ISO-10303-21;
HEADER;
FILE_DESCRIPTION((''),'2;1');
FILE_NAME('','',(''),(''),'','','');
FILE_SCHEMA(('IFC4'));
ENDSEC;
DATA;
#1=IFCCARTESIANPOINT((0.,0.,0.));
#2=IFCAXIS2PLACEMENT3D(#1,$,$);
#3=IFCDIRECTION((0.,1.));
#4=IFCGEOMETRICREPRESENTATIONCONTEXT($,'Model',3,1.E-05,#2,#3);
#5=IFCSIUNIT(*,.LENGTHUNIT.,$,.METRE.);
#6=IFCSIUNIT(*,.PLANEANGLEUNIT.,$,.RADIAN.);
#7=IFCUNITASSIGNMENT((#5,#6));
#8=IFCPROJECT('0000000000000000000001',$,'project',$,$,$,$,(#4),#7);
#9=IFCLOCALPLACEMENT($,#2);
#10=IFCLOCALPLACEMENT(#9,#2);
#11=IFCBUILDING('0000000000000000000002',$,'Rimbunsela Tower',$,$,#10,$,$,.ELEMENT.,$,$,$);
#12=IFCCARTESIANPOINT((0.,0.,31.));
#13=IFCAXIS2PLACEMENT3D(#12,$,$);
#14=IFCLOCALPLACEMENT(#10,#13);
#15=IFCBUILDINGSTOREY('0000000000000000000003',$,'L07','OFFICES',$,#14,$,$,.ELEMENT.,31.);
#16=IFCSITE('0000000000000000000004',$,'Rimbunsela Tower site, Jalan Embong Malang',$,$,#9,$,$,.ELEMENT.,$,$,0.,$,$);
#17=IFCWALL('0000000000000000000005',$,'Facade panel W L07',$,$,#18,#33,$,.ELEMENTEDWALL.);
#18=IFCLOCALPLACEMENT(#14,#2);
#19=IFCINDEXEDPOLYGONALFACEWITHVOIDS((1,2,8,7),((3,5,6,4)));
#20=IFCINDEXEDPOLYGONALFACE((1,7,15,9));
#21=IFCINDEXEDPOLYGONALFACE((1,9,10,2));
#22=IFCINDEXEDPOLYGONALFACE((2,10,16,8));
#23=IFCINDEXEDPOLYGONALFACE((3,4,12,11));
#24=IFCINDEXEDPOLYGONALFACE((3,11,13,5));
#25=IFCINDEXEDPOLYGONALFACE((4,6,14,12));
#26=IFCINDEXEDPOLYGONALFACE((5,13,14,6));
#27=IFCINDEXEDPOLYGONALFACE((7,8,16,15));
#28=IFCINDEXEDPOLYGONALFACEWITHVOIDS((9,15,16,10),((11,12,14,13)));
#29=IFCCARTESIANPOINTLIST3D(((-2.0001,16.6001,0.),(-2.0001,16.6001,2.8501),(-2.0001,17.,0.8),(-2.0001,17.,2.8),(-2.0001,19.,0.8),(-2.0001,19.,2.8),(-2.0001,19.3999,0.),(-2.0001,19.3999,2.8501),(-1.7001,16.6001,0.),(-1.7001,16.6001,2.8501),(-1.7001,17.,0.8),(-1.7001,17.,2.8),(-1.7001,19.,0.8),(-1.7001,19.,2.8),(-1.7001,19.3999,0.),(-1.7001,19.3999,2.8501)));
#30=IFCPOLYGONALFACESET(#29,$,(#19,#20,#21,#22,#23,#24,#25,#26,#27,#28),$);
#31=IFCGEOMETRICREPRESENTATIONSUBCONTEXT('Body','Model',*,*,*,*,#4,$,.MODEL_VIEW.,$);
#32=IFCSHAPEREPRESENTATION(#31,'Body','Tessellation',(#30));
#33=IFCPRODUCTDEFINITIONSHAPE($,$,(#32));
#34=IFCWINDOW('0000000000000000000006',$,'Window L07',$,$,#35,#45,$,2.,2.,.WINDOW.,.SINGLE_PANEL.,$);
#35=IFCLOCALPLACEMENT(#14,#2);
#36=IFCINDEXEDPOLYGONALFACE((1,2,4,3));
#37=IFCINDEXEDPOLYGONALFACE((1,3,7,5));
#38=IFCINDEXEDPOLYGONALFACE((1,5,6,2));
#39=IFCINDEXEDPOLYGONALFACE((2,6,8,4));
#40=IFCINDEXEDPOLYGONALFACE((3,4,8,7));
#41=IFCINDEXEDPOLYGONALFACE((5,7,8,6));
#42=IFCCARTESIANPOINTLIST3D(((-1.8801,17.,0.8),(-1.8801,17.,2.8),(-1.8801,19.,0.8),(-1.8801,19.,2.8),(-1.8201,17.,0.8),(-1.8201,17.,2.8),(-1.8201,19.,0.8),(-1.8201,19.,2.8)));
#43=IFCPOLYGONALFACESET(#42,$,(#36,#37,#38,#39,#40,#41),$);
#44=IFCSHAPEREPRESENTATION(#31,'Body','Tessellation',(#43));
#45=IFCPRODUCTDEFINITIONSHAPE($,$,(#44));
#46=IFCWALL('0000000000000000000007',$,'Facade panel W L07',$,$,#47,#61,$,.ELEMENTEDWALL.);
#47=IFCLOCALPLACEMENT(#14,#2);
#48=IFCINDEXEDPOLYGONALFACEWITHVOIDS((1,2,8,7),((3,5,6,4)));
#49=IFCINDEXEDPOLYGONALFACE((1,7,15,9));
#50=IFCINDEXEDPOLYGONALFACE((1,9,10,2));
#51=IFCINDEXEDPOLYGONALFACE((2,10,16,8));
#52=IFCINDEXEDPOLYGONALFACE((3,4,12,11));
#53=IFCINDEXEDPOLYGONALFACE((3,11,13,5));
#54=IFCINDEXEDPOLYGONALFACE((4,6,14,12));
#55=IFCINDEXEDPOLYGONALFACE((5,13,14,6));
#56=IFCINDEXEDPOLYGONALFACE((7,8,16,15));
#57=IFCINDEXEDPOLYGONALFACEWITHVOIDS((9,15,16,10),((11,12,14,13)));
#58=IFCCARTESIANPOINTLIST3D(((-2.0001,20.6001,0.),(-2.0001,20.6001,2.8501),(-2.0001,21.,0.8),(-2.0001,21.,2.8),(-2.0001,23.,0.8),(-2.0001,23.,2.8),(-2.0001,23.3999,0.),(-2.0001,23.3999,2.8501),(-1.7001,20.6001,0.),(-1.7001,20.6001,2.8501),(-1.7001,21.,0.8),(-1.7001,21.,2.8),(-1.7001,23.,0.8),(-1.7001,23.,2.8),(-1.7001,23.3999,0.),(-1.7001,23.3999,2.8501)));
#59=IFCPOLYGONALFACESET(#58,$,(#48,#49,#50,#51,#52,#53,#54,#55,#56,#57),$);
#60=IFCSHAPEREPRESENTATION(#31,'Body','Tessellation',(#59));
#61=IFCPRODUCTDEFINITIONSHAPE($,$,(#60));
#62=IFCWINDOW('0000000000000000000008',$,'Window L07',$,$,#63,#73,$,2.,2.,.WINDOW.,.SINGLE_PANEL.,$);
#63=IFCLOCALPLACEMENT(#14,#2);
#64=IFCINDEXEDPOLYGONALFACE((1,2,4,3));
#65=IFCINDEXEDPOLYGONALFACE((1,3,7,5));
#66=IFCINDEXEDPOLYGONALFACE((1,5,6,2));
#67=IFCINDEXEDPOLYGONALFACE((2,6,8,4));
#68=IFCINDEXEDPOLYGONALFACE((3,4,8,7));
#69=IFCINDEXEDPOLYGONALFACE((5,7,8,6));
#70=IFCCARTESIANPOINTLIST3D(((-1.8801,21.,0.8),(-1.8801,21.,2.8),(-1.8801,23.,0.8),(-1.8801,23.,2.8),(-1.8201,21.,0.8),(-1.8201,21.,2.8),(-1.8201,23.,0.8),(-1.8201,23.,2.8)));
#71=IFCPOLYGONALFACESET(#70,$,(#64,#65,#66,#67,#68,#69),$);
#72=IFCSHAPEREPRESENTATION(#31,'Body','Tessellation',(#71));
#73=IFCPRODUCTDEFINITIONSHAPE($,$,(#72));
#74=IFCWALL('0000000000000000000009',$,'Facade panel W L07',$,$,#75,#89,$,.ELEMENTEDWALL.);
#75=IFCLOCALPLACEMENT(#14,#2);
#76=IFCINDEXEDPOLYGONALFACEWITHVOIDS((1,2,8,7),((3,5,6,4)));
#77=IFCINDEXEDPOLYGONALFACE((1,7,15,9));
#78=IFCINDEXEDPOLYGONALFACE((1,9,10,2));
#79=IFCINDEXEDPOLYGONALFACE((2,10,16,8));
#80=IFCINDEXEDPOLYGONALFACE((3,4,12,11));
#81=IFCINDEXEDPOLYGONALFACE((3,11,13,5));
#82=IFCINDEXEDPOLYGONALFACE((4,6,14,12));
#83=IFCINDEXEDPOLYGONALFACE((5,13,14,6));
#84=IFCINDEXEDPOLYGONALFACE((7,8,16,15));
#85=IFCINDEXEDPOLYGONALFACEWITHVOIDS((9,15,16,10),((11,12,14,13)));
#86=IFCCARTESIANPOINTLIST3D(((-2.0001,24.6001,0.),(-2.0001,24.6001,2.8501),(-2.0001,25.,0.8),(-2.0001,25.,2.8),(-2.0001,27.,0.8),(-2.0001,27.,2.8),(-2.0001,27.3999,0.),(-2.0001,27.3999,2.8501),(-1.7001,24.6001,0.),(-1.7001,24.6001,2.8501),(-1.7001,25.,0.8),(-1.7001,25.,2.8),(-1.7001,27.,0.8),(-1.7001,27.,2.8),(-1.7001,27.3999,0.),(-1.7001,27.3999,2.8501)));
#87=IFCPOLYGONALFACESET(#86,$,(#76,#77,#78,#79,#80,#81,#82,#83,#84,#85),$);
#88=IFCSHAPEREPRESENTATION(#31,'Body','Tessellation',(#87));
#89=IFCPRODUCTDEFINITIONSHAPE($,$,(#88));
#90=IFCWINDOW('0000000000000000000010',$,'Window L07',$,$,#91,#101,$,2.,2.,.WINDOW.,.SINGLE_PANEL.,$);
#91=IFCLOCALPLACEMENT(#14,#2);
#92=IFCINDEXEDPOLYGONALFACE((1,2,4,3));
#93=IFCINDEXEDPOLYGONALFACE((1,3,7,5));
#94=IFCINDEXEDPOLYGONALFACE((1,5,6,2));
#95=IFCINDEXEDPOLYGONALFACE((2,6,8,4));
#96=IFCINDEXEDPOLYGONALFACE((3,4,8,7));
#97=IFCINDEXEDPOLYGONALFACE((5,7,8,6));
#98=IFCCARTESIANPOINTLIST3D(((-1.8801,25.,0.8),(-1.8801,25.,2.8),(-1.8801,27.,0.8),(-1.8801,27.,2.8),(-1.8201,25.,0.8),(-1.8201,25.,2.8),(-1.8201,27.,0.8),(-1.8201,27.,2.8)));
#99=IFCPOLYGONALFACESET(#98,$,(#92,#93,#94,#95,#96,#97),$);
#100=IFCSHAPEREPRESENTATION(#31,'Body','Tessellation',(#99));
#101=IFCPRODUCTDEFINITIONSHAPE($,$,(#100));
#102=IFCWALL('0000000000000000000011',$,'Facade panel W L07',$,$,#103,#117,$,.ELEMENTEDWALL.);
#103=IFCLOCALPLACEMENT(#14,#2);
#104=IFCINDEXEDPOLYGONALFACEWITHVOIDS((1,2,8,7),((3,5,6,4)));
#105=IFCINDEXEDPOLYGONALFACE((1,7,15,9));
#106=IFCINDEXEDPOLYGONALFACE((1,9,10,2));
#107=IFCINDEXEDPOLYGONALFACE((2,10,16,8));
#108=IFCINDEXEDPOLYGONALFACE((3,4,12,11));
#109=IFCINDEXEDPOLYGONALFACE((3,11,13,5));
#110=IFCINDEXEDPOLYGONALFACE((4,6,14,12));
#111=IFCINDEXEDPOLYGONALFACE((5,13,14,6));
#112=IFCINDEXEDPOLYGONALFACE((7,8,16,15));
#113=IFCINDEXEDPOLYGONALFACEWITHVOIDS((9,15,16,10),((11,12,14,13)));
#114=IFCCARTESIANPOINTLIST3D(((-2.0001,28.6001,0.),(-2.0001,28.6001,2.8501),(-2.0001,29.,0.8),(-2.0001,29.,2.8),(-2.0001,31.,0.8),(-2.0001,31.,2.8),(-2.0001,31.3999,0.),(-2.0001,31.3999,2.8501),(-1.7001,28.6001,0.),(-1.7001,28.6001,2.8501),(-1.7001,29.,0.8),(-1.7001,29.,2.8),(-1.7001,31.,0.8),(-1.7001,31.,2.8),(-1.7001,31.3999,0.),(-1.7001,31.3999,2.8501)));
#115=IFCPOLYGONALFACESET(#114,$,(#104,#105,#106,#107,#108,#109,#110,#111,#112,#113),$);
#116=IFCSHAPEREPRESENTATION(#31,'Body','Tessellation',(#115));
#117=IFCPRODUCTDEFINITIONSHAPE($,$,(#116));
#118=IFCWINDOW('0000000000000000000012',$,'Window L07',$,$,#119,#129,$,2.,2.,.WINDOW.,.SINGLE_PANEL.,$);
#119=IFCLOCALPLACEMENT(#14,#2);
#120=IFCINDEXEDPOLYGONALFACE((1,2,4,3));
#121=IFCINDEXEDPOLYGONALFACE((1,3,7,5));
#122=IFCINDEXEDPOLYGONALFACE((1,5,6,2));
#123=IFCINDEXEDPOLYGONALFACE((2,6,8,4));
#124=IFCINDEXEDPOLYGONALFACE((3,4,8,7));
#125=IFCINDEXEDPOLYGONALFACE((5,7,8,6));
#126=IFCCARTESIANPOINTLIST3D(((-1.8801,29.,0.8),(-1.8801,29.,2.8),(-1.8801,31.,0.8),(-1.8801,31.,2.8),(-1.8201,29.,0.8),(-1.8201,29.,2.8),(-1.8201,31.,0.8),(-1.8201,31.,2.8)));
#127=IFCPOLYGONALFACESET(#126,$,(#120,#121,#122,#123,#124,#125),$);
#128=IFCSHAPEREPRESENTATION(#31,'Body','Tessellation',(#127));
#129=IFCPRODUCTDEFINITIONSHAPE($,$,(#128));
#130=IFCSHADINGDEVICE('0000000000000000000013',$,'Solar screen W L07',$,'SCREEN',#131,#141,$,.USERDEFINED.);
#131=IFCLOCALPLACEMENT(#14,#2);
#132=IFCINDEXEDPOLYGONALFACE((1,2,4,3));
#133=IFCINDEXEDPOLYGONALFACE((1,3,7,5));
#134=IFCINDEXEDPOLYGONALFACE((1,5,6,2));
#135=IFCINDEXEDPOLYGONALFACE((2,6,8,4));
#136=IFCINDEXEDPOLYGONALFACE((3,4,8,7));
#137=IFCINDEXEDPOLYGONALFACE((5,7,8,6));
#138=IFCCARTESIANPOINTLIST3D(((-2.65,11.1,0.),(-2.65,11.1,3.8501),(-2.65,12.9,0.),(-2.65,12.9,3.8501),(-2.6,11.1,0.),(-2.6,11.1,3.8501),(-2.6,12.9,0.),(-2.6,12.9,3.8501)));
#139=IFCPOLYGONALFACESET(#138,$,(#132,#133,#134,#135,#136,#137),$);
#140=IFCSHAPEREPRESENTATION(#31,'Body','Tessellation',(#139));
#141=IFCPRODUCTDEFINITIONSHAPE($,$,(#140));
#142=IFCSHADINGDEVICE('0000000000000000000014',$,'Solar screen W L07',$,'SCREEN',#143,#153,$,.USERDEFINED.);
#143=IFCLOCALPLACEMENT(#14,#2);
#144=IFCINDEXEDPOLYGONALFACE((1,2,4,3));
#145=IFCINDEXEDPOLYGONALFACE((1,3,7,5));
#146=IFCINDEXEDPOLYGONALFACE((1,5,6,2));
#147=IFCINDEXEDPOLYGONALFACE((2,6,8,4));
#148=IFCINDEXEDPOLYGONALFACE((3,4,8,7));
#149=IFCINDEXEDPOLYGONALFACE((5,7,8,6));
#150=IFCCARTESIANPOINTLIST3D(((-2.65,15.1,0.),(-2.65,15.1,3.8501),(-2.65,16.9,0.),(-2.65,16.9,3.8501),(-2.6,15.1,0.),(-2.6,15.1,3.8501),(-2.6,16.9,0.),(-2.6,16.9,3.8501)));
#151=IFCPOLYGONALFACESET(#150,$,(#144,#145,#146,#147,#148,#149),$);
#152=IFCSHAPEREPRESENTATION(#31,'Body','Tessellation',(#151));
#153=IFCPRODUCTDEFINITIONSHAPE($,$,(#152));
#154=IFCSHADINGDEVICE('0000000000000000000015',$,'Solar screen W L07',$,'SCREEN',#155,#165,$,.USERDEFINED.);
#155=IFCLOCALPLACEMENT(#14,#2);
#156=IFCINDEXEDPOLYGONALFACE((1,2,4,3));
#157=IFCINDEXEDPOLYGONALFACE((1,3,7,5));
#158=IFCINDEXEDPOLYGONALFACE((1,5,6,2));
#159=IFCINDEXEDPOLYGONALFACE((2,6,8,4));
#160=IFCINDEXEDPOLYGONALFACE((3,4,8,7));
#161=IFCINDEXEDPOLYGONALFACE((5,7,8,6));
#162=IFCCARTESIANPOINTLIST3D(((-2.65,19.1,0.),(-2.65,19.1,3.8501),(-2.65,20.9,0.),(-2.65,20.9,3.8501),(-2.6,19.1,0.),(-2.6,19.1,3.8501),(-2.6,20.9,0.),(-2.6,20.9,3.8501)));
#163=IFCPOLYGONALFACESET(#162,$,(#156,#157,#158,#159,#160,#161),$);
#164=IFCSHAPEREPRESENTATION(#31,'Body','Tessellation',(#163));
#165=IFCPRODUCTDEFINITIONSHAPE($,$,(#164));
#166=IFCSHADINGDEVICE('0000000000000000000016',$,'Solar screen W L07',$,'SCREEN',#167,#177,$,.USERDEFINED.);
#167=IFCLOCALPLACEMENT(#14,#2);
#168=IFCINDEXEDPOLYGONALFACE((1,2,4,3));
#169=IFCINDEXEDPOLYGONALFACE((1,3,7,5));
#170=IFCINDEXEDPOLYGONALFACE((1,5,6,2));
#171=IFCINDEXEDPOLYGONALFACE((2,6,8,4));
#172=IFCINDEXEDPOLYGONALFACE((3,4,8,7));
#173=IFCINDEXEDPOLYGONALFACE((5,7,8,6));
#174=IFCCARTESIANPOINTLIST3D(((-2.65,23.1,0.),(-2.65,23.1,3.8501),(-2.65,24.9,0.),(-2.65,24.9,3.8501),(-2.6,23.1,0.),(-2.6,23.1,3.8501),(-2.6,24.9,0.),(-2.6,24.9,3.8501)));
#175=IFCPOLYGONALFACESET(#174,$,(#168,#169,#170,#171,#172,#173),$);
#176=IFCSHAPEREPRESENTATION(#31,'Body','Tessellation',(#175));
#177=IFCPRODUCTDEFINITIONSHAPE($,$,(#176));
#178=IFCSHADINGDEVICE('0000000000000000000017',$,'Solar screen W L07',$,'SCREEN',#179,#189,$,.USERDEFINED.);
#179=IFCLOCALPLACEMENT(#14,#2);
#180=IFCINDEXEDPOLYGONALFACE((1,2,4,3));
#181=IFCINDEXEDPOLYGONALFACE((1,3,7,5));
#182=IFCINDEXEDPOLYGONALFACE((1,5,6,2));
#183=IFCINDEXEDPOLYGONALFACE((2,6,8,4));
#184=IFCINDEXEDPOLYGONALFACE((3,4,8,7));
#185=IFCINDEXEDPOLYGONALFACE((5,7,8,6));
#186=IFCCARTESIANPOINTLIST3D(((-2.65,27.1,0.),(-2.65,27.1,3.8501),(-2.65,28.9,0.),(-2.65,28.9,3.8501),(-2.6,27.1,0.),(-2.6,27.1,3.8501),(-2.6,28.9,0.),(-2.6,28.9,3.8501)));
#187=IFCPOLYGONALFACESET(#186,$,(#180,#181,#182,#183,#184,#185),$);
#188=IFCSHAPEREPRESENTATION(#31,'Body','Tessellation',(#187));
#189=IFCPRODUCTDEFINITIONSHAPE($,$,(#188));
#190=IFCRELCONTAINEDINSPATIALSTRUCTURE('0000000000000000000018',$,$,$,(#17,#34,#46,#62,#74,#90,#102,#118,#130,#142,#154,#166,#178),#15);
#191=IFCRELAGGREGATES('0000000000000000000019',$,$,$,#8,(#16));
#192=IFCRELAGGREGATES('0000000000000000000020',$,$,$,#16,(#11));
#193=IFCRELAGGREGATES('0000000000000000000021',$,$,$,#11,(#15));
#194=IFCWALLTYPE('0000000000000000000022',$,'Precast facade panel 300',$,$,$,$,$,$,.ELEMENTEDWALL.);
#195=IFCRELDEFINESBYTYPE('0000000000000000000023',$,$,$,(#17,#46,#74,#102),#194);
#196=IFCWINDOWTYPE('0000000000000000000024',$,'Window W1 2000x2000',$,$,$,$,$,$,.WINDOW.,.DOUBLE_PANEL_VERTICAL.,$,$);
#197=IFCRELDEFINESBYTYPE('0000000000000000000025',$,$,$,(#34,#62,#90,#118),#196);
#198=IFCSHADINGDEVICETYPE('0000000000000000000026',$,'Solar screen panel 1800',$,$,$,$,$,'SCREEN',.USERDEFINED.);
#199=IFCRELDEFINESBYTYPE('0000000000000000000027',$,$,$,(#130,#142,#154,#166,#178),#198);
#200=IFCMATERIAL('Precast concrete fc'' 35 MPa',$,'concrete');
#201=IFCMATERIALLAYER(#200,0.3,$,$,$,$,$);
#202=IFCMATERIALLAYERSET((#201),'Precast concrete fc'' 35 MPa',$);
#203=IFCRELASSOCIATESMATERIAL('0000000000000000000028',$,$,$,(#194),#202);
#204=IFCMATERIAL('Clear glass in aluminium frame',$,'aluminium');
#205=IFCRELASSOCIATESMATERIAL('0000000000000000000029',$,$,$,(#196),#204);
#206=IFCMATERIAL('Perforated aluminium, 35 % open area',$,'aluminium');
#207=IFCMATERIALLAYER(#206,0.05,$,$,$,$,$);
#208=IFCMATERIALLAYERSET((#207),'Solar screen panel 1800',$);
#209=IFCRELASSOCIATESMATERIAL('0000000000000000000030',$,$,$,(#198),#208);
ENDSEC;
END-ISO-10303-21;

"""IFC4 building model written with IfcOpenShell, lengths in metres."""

from ifc_helpers import new_model, si_unit, direction, frame, frame_2d, origin, origin_2d, place, context, subcontext, project, spatial, rectangle, extrude, material, layer, layer_set, type_object, element, fill, save


model = new_model("IFC4")

# Units and contexts
model_context = context("Model", 3, precision=1e-05, world=origin(), true_north=direction((0.0, 1.0)))
body_context = subcontext(model_context, "Body", "Model", "MODEL_VIEW")
ifc_project = project(units=[si_unit("LENGTHUNIT", "METRE"), si_unit("PLANEANGLEUNIT", "RADIAN")], contexts=[model_context])

# Site, building, storey
site_placement = place(None, origin())
site = spatial("IfcSite", under=ifc_project, at=site_placement, Name="Rimbunsela Tower site, Jalan Embong Malang", CompositionType="ELEMENT", RefElevation=0.0)
building_placement = place(site_placement, origin())
building = spatial("IfcBuilding", under=site, at=building_placement, Name="Rimbunsela Tower", CompositionType="ELEMENT")
storey_placement = place(building_placement, frame((0.0, 0.0, 31.0)))
storey = spatial("IfcBuildingStorey", under=building, at=storey_placement, Name="L07", Description="OFFICES", CompositionType="ELEMENT", Elevation=31.0)

# Walls, openings, windows
ifc_material_1 = material(Name="Precast concrete fc' 35 MPa", Category="concrete")
ifc_layer_1 = layer(ifc_material_1, 0.3)
ifc_layer_set_1 = layer_set([ifc_layer_1], Name="Precast concrete fc' 35 MPa")
wall_type = type_object("IfcWallType", Name="Precast facade panel 300", PredefinedType="ELEMENTEDWALL", material=ifc_layer_set_1)
ifc_material_2 = material(Name="Clear glass in aluminium frame", Category="aluminium")
window_type = type_object("IfcWindowType", Name="Window W1 2000x2000", PartitioningType="DOUBLE_PANEL_VERTICAL", PredefinedType="WINDOW", material=ifc_material_2)
wall_1_placement = place(storey_placement, frame((-1.8501, 19.3999, 0.0), z_axis=(0.0, 0.0, 1.0), x_axis=(0.0, -1.0, 0.0)))
wall_1 = element("IfcWall", 1, at=wall_1_placement, inside=storey, type_object=wall_type, Name="Facade panel W L07", PredefinedType="ELEMENTEDWALL", context=body_context, shape_type="SweptSolid", body=[
    extrude(rectangle(XDim=2.7998, YDim=0.3, at=frame_2d((1.3999, 0.0))), origin(), (0.0, 0.0, 1.0), 2.8501),
])
opening_1_placement = place(wall_1_placement, frame((0.3999, 0.0, 0.8)))
opening_1 = element("IfcOpeningElement", 2, at=opening_1_placement, cuts=wall_1, PredefinedType="OPENING", context=body_context, shape_type="SweptSolid", body=[
    extrude(rectangle(XDim=2.0, YDim=2.0, at=frame_2d((1.0, 1.0))), frame((0.0, 0.1599, 0.0), z_axis=(0.0, -1.0, 0.0), x_axis=(1.0, 0.0, 0.0)), (0.0, 0.0, 1.0), 0.3201),
])
window_1_placement = place(opening_1_placement, origin())
window_1 = element("IfcWindow", 3, at=window_1_placement, inside=storey, type_object=window_type, Name="Window L07", OverallHeight=2.0, OverallWidth=2.0, PartitioningType="SINGLE_PANEL", PredefinedType="WINDOW", context=body_context, shape_type="SweptSolid", body=[
    extrude(rectangle(XDim=2.0, YDim=2.0, at=frame_2d((1.0, 1.0))), frame((0.0, 0.03, 0.0), z_axis=(0.0, -1.0, 0.0), x_axis=(1.0, 0.0, 0.0)), (0.0, 0.0, 1.0), 0.0601),
])
fill(opening_1, window_1)
wall_2_placement = place(storey_placement, frame((-1.8501, 23.3999, 0.0), z_axis=(0.0, 0.0, 1.0), x_axis=(0.0, -1.0, 0.0)))
wall_2 = element("IfcWall", 4, at=wall_2_placement, inside=storey, type_object=wall_type, Name="Facade panel W L07", PredefinedType="ELEMENTEDWALL", context=body_context, shape_type="SweptSolid", body=[
    extrude(rectangle(XDim=2.7998, YDim=0.3, at=frame_2d((1.3999, 0.0))), origin(), (0.0, 0.0, 1.0), 2.8501),
])
opening_2_placement = place(wall_2_placement, frame((0.3999, 0.0, 0.8)))
opening_2 = element("IfcOpeningElement", 5, at=opening_2_placement, cuts=wall_2, PredefinedType="OPENING", context=body_context, shape_type="SweptSolid", body=[
    extrude(rectangle(XDim=2.0, YDim=2.0, at=frame_2d((1.0, 1.0))), frame((0.0, 0.1599, 0.0), z_axis=(0.0, -1.0, 0.0), x_axis=(1.0, 0.0, 0.0)), (0.0, 0.0, 1.0), 0.3201),
])
window_2_placement = place(opening_2_placement, origin())
window_2 = element("IfcWindow", 6, at=window_2_placement, inside=storey, type_object=window_type, Name="Window L07", OverallHeight=2.0, OverallWidth=2.0, PartitioningType="SINGLE_PANEL", PredefinedType="WINDOW", context=body_context, shape_type="SweptSolid", body=[
    extrude(rectangle(XDim=2.0, YDim=2.0, at=frame_2d((1.0, 1.0))), frame((0.0, 0.03, 0.0), z_axis=(0.0, -1.0, 0.0), x_axis=(1.0, 0.0, 0.0)), (0.0, 0.0, 1.0), 0.0601),
])
fill(opening_2, window_2)
wall_3_placement = place(storey_placement, frame((-1.8501, 27.3999, 0.0), z_axis=(0.0, 0.0, 1.0), x_axis=(0.0, -1.0, 0.0)))
wall_3 = element("IfcWall", 7, at=wall_3_placement, inside=storey, type_object=wall_type, Name="Facade panel W L07", PredefinedType="ELEMENTEDWALL", context=body_context, shape_type="SweptSolid", body=[
    extrude(rectangle(XDim=2.7998, YDim=0.3, at=frame_2d((1.3999, 0.0))), origin(), (0.0, 0.0, 1.0), 2.8501),
])
opening_3_placement = place(wall_3_placement, frame((0.3999, 0.0, 0.8)))
opening_3 = element("IfcOpeningElement", 8, at=opening_3_placement, cuts=wall_3, PredefinedType="OPENING", context=body_context, shape_type="SweptSolid", body=[
    extrude(rectangle(XDim=2.0, YDim=2.0, at=frame_2d((1.0, 1.0))), frame((0.0, 0.1599, 0.0), z_axis=(0.0, -1.0, 0.0), x_axis=(1.0, 0.0, 0.0)), (0.0, 0.0, 1.0), 0.3201),
])
window_3_placement = place(opening_3_placement, origin())
window_3 = element("IfcWindow", 9, at=window_3_placement, inside=storey, type_object=window_type, Name="Window L07", OverallHeight=2.0, OverallWidth=2.0, PartitioningType="SINGLE_PANEL", PredefinedType="WINDOW", context=body_context, shape_type="SweptSolid", body=[
    extrude(rectangle(XDim=2.0, YDim=2.0, at=frame_2d((1.0, 1.0))), frame((0.0, 0.03, 0.0), z_axis=(0.0, -1.0, 0.0), x_axis=(1.0, 0.0, 0.0)), (0.0, 0.0, 1.0), 0.0601),
])
fill(opening_3, window_3)
wall_4_placement = place(storey_placement, frame((-1.8501, 31.3999, 0.0), z_axis=(0.0, 0.0, 1.0), x_axis=(0.0, -1.0, 0.0)))
wall_4 = element("IfcWall", 10, at=wall_4_placement, inside=storey, type_object=wall_type, Name="Facade panel W L07", PredefinedType="ELEMENTEDWALL", context=body_context, shape_type="SweptSolid", body=[
    extrude(rectangle(XDim=2.7998, YDim=0.3, at=frame_2d((1.3999, 0.0))), origin(), (0.0, 0.0, 1.0), 2.8501),
])
opening_4_placement = place(wall_4_placement, frame((0.3999, 0.0, 0.8)))
opening_4 = element("IfcOpeningElement", 11, at=opening_4_placement, cuts=wall_4, PredefinedType="OPENING", context=body_context, shape_type="SweptSolid", body=[
    extrude(rectangle(XDim=2.0, YDim=2.0, at=frame_2d((1.0, 1.0))), frame((0.0, 0.1599, 0.0), z_axis=(0.0, -1.0, 0.0), x_axis=(1.0, 0.0, 0.0)), (0.0, 0.0, 1.0), 0.3201),
])
window_4_placement = place(opening_4_placement, origin())
window_4 = element("IfcWindow", 12, at=window_4_placement, inside=storey, type_object=window_type, Name="Window L07", OverallHeight=2.0, OverallWidth=2.0, PartitioningType="SINGLE_PANEL", PredefinedType="WINDOW", context=body_context, shape_type="SweptSolid", body=[
    extrude(rectangle(XDim=2.0, YDim=2.0, at=frame_2d((1.0, 1.0))), frame((0.0, 0.03, 0.0), z_axis=(0.0, -1.0, 0.0), x_axis=(1.0, 0.0, 0.0)), (0.0, 0.0, 1.0), 0.0601),
])
fill(opening_4, window_4)

# Shading devices
ifc_material_3 = material(Name="Perforated aluminium, 35 % open area", Category="aluminium")
ifc_layer_2 = layer(ifc_material_3, 0.05)
ifc_layer_set_2 = layer_set([ifc_layer_2], Name="Solar screen panel 1800")
shading_device_type = type_object("IfcShadingDeviceType", Name="Solar screen panel 1800", ElementType="SCREEN", PredefinedType="USERDEFINED", material=ifc_layer_set_2)
for number, where, z_axis, x_axis, name in (
    (13, (-2.625, 12.0, 0.0), (0.0, 0.0, 1.0), (0.0, 1.0, 0.0), "Solar screen W L07"),
    (14, (-2.625, 16.0, 0.0), (0.0, 0.0, 1.0), (0.0, 1.0, 0.0), "Solar screen W L07"),
    (15, (-2.625, 20.0, 0.0), (0.0, 0.0, 1.0), (0.0, 1.0, 0.0), "Solar screen W L07"),
    (16, (-2.625, 24.0, 0.0), (0.0, 0.0, 1.0), (0.0, 1.0, 0.0), "Solar screen W L07"),
    (17, (-2.625, 28.0, 0.0), (0.0, 0.0, 1.0), (0.0, 1.0, 0.0), "Solar screen W L07"),
):
    element("IfcShadingDevice", number, at=place(storey_placement, frame(where, z_axis=z_axis, x_axis=x_axis)), inside=storey, type_object=shading_device_type, Name=name, ObjectType="SCREEN", PredefinedType="USERDEFINED", context=body_context, shape_type="SweptSolid", body=[
        extrude(rectangle(XDim=1.8, YDim=0.05, at=origin_2d()), origin(), (0.0, 0.0, 1.0), 3.8501),
    ])

save(model, "model.ifc")
